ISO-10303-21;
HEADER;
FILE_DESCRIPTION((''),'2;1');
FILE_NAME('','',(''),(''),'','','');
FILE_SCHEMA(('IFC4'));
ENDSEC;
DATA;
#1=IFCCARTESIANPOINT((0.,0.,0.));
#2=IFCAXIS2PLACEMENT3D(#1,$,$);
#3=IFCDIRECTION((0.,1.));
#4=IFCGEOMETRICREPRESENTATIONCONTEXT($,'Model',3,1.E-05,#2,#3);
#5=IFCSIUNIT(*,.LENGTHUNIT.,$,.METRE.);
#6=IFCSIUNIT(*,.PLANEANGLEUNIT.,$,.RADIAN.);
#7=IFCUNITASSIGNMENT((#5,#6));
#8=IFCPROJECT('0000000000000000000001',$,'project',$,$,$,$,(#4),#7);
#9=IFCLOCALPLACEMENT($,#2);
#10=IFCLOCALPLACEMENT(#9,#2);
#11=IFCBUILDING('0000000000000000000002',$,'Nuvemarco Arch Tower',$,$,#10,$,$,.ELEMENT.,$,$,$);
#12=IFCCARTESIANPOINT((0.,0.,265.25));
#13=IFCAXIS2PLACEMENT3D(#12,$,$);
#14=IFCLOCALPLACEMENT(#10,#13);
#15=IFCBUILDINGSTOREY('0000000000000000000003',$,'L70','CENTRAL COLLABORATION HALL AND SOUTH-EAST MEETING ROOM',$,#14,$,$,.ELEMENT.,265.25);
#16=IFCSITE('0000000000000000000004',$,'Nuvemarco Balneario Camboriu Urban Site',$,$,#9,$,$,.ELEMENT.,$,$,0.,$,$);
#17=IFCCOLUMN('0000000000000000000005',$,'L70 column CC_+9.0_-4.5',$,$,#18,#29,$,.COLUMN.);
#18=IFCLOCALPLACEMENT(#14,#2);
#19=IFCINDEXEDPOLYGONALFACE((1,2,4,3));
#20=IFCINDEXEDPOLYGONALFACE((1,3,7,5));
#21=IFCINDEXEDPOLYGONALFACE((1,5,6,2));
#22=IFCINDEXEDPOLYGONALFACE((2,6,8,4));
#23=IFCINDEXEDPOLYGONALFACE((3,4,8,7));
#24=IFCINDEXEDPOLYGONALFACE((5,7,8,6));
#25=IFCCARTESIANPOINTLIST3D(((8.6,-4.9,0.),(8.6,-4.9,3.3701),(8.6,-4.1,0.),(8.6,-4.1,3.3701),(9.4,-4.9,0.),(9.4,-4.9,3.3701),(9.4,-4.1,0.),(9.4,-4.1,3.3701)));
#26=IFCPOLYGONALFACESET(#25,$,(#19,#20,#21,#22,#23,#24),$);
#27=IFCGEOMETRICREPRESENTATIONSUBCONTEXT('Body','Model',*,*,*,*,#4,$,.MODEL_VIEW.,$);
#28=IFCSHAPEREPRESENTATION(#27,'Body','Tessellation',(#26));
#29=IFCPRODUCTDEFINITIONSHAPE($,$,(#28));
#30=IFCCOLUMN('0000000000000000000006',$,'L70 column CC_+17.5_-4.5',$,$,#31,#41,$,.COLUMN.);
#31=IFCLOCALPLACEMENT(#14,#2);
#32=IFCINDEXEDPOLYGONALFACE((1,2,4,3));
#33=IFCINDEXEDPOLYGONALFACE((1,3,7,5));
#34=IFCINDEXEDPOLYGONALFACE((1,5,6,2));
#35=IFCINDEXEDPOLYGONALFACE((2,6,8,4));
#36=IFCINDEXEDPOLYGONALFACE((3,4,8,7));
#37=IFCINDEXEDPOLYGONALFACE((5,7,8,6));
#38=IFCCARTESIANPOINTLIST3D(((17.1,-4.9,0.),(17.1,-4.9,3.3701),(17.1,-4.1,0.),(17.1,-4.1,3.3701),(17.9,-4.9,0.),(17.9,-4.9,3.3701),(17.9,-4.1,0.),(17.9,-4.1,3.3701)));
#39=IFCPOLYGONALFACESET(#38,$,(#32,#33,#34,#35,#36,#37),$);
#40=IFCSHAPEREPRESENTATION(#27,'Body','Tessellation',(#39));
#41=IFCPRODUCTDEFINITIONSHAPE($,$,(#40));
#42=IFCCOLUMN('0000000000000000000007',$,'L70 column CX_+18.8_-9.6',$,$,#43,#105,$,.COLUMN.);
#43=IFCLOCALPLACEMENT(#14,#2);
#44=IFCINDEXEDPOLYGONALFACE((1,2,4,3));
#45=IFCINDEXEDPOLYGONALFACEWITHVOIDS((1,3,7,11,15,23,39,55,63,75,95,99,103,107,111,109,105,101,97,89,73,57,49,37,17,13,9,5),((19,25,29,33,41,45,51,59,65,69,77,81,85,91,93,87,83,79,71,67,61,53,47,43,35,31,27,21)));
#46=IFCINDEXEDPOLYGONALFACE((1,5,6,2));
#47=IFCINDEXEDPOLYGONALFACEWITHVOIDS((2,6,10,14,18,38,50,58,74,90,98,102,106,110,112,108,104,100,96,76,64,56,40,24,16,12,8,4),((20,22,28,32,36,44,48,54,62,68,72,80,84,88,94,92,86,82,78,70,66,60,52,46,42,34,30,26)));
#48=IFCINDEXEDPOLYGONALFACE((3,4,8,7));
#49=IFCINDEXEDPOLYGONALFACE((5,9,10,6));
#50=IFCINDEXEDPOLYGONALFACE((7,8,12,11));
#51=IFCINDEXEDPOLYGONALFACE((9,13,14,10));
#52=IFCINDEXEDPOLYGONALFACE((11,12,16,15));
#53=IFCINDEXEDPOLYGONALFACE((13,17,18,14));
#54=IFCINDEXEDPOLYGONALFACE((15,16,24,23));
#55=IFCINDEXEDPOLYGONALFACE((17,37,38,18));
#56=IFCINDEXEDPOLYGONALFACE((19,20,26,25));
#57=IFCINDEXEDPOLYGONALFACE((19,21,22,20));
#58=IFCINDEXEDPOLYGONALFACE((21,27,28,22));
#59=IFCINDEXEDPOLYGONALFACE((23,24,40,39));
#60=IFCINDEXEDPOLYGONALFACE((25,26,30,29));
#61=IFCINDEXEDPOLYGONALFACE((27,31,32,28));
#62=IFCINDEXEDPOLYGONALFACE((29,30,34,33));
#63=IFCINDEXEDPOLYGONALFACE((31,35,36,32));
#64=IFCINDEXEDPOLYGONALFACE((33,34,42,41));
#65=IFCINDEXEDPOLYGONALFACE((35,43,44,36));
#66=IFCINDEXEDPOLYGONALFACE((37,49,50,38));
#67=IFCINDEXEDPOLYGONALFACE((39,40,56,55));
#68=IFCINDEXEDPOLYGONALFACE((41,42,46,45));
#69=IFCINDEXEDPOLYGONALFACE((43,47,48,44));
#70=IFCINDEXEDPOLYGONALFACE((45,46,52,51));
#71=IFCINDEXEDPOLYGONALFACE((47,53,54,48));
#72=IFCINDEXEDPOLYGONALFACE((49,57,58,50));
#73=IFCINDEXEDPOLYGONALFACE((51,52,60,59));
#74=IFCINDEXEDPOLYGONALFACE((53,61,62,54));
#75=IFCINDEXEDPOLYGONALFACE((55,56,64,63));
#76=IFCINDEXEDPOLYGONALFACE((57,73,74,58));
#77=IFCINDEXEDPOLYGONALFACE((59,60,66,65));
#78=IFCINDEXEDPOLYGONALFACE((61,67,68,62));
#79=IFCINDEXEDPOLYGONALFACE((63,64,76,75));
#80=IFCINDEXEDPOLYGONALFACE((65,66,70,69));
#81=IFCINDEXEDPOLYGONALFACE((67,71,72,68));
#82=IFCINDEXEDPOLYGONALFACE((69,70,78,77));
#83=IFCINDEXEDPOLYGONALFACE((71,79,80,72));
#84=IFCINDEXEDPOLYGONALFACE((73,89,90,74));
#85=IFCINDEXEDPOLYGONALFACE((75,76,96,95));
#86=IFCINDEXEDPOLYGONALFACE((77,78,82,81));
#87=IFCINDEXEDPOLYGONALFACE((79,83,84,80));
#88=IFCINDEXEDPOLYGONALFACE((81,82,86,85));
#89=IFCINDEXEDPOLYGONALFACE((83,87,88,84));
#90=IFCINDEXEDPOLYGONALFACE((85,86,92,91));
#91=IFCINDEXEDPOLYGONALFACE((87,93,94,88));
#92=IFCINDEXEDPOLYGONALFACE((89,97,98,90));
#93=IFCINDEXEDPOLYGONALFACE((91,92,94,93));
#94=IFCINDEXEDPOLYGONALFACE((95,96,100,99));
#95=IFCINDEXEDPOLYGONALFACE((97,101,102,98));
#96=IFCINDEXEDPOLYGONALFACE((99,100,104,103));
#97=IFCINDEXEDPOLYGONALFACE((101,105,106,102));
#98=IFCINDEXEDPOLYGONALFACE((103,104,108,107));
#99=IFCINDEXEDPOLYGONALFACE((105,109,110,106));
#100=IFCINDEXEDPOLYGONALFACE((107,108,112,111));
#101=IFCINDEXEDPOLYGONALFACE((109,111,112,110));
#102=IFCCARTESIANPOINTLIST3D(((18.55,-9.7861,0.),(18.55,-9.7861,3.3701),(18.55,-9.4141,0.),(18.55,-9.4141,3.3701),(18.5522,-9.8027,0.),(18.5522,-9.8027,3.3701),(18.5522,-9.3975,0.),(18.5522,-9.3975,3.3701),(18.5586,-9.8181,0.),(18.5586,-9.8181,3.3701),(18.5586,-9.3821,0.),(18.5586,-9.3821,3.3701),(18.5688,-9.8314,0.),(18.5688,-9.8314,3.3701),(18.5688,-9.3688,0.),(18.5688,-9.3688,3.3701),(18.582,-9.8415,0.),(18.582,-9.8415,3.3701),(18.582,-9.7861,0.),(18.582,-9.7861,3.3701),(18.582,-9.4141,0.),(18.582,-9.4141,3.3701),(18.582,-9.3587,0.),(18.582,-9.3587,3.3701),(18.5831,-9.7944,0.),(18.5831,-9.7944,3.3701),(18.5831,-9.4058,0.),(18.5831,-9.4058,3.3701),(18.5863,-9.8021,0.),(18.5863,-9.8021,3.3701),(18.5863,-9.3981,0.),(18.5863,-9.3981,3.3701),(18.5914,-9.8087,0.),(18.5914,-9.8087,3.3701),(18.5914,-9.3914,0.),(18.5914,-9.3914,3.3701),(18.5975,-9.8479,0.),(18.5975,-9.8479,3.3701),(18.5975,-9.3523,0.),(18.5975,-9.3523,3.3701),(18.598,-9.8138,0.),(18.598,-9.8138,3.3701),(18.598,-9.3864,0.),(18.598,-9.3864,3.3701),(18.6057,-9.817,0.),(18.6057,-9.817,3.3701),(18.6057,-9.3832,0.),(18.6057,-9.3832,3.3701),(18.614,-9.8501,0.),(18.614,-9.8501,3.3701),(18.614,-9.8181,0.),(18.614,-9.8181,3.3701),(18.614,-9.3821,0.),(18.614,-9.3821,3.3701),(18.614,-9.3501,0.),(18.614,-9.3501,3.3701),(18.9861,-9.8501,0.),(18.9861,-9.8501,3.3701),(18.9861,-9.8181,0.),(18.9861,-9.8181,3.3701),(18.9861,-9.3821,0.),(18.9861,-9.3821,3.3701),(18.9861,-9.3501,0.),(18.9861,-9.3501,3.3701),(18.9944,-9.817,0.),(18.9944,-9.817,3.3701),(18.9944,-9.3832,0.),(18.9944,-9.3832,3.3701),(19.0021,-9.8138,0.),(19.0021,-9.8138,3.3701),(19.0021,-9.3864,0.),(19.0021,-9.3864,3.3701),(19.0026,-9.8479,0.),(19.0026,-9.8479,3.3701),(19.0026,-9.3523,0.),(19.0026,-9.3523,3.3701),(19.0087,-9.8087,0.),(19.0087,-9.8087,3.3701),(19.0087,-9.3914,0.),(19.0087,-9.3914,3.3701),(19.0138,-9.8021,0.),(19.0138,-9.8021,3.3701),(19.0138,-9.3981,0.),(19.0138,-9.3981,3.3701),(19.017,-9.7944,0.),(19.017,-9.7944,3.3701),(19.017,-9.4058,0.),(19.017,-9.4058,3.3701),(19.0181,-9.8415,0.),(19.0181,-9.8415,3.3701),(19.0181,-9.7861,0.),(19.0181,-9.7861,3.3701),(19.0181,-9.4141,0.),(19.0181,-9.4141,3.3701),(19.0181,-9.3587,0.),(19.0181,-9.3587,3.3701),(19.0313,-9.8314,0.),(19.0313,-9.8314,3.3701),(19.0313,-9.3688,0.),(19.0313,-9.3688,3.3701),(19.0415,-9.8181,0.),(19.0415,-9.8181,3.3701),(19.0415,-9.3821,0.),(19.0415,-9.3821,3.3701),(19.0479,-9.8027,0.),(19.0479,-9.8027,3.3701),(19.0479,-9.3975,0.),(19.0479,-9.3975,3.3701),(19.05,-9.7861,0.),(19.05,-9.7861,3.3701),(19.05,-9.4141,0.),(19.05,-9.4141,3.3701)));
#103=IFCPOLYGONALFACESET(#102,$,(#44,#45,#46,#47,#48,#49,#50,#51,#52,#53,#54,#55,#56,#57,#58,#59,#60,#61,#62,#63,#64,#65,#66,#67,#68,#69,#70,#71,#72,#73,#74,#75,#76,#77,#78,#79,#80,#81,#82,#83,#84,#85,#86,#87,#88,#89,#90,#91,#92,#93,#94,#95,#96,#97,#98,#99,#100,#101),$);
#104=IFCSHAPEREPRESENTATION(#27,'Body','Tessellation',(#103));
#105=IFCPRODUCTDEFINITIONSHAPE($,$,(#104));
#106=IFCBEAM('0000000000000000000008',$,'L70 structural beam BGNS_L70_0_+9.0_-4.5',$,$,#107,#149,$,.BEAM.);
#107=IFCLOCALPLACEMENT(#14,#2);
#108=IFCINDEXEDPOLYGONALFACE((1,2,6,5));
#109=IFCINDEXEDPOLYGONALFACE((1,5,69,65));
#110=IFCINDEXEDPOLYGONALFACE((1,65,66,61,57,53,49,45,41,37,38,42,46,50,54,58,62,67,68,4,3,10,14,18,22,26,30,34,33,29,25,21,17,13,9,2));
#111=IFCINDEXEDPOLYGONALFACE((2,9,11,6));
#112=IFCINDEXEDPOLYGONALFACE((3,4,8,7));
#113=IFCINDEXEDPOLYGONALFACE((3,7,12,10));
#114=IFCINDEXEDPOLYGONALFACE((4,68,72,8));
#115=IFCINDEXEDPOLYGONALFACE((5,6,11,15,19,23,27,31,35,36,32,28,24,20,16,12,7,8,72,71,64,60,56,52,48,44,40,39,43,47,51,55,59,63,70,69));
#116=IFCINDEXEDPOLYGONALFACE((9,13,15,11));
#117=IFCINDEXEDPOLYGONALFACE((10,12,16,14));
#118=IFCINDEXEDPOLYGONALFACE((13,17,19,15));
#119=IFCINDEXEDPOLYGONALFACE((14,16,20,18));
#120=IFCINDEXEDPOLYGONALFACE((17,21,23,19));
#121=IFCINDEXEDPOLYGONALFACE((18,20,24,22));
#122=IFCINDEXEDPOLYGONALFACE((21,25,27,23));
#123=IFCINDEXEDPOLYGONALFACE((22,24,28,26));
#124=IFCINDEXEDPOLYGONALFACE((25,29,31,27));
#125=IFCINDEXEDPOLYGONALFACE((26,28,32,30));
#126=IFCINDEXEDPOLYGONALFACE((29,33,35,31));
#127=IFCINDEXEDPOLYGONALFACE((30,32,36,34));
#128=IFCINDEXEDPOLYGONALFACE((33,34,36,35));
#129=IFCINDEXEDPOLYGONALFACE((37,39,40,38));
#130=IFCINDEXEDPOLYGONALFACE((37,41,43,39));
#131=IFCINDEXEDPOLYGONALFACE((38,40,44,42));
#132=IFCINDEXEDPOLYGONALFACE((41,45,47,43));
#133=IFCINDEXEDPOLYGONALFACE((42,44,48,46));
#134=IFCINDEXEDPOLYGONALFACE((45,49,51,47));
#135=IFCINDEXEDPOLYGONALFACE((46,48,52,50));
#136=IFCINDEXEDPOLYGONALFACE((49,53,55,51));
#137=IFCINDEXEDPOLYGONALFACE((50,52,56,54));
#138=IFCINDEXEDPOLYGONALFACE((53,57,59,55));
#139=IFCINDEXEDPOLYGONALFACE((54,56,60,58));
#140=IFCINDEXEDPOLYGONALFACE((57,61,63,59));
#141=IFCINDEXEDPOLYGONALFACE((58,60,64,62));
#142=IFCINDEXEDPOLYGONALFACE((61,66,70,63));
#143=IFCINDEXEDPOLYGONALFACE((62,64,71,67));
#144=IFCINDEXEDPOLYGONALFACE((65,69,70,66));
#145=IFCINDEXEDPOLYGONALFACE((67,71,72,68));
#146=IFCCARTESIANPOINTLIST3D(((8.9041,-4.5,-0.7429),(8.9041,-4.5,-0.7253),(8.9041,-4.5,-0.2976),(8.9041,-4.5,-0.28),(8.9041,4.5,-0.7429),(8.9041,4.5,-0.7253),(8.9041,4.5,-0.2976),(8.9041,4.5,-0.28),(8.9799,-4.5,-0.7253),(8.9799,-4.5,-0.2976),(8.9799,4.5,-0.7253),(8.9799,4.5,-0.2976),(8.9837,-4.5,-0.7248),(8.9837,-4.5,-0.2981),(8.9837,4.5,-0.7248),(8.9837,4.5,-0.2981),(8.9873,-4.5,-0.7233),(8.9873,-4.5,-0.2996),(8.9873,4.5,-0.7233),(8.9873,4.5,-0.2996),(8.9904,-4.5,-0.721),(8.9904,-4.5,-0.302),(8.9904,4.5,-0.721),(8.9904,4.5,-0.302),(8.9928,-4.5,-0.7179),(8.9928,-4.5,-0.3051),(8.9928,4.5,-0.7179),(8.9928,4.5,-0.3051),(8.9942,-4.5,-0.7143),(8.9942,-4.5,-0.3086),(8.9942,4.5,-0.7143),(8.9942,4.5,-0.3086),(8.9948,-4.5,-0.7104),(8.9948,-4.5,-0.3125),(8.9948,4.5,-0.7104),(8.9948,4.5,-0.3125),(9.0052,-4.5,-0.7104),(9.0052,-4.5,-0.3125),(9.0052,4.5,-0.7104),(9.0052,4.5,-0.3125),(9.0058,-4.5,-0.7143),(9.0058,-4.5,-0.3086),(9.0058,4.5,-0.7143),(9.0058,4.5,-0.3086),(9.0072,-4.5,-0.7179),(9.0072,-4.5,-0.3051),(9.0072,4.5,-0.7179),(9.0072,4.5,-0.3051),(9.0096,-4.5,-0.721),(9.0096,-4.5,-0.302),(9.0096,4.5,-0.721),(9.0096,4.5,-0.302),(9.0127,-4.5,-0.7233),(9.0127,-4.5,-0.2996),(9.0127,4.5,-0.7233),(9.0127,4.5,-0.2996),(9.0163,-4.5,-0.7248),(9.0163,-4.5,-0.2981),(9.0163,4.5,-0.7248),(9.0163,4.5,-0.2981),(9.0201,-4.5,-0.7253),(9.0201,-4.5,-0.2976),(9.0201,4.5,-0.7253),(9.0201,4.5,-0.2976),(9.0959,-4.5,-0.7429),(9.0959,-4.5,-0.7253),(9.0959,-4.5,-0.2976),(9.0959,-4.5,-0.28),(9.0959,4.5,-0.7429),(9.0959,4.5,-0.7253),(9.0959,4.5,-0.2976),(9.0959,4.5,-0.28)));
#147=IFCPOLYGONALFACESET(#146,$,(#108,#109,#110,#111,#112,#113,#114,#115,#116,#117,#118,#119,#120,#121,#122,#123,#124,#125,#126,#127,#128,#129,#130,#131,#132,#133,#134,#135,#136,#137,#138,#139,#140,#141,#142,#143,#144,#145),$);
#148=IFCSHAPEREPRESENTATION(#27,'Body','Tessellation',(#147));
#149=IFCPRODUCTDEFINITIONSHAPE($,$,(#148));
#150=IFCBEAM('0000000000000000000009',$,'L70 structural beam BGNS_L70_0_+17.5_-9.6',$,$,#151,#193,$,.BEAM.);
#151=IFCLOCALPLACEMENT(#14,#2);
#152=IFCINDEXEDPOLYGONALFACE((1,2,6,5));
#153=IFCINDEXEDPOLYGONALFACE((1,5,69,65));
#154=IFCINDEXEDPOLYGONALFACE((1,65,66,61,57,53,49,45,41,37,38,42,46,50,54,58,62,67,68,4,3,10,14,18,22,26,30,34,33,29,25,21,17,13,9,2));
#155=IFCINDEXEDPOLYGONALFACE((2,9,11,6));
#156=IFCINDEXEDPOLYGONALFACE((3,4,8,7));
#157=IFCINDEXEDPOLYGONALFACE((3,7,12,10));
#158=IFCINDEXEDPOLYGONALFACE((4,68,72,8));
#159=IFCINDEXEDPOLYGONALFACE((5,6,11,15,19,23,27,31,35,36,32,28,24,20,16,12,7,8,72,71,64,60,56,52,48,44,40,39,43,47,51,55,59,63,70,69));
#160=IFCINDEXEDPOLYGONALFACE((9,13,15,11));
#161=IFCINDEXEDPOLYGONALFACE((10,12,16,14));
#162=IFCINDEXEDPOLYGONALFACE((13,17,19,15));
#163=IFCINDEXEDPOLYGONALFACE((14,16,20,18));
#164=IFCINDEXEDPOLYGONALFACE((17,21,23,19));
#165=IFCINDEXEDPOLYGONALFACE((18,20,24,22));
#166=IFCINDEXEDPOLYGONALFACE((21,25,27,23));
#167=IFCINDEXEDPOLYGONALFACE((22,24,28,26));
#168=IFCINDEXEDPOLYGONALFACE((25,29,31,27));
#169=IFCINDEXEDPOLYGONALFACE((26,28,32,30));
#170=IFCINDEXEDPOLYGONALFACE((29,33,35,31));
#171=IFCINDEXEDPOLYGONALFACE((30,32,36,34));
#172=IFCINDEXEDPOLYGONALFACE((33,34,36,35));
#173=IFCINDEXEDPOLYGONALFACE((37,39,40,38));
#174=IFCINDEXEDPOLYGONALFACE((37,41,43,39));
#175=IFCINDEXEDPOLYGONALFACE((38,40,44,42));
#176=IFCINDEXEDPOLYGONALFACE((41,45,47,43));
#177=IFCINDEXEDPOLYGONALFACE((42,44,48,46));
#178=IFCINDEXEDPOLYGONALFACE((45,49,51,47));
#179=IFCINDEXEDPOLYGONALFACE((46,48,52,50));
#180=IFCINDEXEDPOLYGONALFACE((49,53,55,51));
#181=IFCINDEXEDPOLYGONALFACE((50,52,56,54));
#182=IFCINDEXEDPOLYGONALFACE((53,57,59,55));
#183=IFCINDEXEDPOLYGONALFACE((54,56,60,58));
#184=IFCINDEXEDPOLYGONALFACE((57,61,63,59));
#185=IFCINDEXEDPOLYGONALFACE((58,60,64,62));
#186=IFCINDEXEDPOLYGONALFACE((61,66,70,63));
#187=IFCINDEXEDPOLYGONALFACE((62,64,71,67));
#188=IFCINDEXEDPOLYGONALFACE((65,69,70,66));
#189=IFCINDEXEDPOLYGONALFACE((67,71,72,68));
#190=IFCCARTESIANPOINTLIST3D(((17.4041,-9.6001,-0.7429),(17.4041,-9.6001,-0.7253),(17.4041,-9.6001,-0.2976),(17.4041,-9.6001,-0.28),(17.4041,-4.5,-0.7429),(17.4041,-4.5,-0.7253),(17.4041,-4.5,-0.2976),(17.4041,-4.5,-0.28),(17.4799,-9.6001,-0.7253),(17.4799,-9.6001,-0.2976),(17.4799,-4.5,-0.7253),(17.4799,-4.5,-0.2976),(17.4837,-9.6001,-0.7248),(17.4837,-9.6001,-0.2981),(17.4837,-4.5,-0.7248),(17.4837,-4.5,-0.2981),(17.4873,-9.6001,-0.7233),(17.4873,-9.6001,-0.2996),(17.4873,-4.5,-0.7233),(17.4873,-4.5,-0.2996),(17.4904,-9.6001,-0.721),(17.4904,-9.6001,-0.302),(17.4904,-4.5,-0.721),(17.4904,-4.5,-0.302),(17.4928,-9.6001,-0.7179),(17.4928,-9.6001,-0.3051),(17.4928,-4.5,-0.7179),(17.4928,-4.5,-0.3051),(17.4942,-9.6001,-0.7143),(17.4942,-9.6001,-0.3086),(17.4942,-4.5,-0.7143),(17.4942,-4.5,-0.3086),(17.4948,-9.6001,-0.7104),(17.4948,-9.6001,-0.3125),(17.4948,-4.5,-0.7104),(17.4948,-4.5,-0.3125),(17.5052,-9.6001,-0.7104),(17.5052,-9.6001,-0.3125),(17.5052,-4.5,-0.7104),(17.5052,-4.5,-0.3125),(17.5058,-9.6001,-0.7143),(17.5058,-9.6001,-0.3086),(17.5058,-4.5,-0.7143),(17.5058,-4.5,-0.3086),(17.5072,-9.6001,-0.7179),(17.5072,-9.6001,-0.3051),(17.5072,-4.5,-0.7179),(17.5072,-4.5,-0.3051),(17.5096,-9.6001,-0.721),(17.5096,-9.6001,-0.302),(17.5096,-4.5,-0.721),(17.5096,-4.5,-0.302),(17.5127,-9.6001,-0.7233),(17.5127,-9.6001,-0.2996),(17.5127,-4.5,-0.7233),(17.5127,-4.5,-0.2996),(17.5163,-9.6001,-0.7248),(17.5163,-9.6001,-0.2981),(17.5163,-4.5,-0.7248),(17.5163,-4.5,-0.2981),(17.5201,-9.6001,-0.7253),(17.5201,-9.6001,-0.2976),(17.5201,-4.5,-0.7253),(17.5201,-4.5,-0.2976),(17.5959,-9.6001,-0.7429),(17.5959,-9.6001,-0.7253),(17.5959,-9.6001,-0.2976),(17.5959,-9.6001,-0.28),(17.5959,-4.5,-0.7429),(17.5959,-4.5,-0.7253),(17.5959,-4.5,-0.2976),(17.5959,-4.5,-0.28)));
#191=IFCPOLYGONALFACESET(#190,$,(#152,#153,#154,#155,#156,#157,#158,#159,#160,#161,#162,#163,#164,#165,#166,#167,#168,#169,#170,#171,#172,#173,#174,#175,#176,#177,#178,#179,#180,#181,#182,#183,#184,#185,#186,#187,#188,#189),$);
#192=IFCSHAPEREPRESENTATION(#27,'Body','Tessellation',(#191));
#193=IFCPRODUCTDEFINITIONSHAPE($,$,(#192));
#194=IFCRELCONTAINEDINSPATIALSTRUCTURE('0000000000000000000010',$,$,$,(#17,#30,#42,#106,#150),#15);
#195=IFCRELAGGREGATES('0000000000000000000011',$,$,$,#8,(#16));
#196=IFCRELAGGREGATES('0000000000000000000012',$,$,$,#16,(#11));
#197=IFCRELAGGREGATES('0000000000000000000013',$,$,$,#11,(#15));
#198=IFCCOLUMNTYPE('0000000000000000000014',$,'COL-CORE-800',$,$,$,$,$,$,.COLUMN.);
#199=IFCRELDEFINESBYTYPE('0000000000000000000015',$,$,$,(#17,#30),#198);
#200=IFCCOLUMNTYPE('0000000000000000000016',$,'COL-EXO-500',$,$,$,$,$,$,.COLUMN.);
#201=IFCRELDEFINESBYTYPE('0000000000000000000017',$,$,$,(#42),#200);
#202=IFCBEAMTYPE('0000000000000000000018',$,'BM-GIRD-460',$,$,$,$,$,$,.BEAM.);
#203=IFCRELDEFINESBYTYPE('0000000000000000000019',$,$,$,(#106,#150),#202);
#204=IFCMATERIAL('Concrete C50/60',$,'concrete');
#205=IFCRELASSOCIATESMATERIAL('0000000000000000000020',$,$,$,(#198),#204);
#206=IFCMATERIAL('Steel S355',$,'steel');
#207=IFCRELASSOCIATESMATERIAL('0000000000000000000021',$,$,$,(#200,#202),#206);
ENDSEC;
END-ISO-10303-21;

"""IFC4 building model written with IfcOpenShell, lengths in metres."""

from ifc_helpers import new_model, si_unit, direction, frame, origin, origin_2d, place, context, subcontext, project, spatial, rectangle, hollow_rectangle, i_section, extrude, material, material_profile, profile_set, type_object, element, save


model = new_model("IFC4")

# Units and contexts
model_context = context("Model", 3, precision=1e-05, world=origin(), true_north=direction((0.0, 1.0)))
body_context = subcontext(model_context, "Body", "Model", "MODEL_VIEW")
ifc_project = project(units=[si_unit("LENGTHUNIT", "METRE"), si_unit("PLANEANGLEUNIT", "RADIAN")], contexts=[model_context])

# Site, building, storey
site_placement = place(None, origin())
site = spatial("IfcSite", under=ifc_project, at=site_placement, Name="Nuvemarco Balneario Camboriu Urban Site", CompositionType="ELEMENT", RefElevation=0.0)
building_placement = place(site_placement, origin())
building = spatial("IfcBuilding", under=site, at=building_placement, Name="Nuvemarco Arch Tower", CompositionType="ELEMENT")
storey_placement = place(building_placement, frame((0.0, 0.0, 265.25)))
storey = spatial("IfcBuildingStorey", under=building, at=storey_placement, Name="L70", Description="CENTRAL COLLABORATION HALL AND SOUTH-EAST MEETING ROOM", CompositionType="ELEMENT", Elevation=265.25)

# Columns
ifc_material_1 = material(Name="Concrete C50/60", Category="concrete")
ifc_material_profile_1 = material_profile(ifc_material_1, rectangle(XDim=0.8, YDim=0.8, at=origin_2d()), Name="RC-COL-800x800")
ifc_profile_set_1 = profile_set([ifc_material_profile_1], Name="Concrete C50/60")
column_type_1 = type_object("IfcColumnType", Name="COL-CORE-800", PredefinedType="COLUMN", material=ifc_profile_set_1)
for number, where, z_axis, x_axis, name in (
    (1, (9.0, -4.5, 0.0), (0.0, 0.0, 1.0), (1.0, 0.0, 0.0), "L70 column CC_+9.0_-4.5"),
    (2, (17.5, -4.5, 0.0), (0.0, 0.0, 1.0), (1.0, 0.0, 0.0), "L70 column CC_+17.5_-4.5"),
):
    element("IfcColumn", number, at=place(storey_placement, frame(where, z_axis=z_axis, x_axis=x_axis)), inside=storey, type_object=column_type_1, Name=name, PredefinedType="COLUMN", context=body_context, shape_type="SweptSolid", body=[
        extrude(rectangle(XDim=0.8, YDim=0.8, at=origin_2d()), origin(), (0.0, 0.0, 1.0), 3.3701),
    ])
ifc_material_2 = material(Name="Steel S355", Category="steel")
ifc_material_profile_2 = material_profile(ifc_material_2, hollow_rectangle(XDim=0.5, YDim=0.5, WallThickness=0.032, InnerFilletRadius=0.032, OuterFilletRadius=0.064, at=origin_2d()), Name="SHS500x500x32")
ifc_profile_set_2 = profile_set([ifc_material_profile_2], Name="Steel S355")
column_type_2 = type_object("IfcColumnType", Name="COL-EXO-500", PredefinedType="COLUMN", material=ifc_profile_set_2)
column_placement = place(storey_placement, frame((18.8, -9.6001, 0.0), z_axis=(0.0, 0.0, 1.0), x_axis=(1.0, 0.0, 0.0)))
element("IfcColumn", 3, at=column_placement, inside=storey, type_object=column_type_2, Name="L70 column CX_+18.8_-9.6", PredefinedType="COLUMN", context=body_context, shape_type="SweptSolid", body=[
    extrude(hollow_rectangle(XDim=0.5, YDim=0.5, WallThickness=0.032, InnerFilletRadius=0.032, OuterFilletRadius=0.064, at=origin_2d()), origin(), (0.0, 0.0, 1.0), 3.3701),
])

# Beams
ifc_material_profile_3 = material_profile(ifc_material_2, i_section(OverallWidth=0.1919, OverallDepth=0.4629, WebThickness=0.0105, FlangeThickness=0.0176, FilletRadius=0.0149, at=origin_2d()), Name="W460x89")
ifc_profile_set_3 = profile_set([ifc_material_profile_3], Name="Steel S355")
beam_type_1 = type_object("IfcBeamType", Name="BM-GIRD-460", PredefinedType="BEAM", material=ifc_profile_set_3)
beam_1_placement = place(storey_placement, frame((9.0, -4.5, -0.5115), z_axis=(0.0, 1.0, 0.0), x_axis=(-1.0, 0.0, 0.0)))
element("IfcBeam", 4, at=beam_1_placement, inside=storey, type_object=beam_type_1, Name="L70 structural beam BGNS_L70_0_+9.0_-4.5", PredefinedType="BEAM", context=body_context, shape_type="SweptSolid", body=[
    extrude(i_section(OverallWidth=0.1919, OverallDepth=0.4629, WebThickness=0.0105, FlangeThickness=0.0176, FilletRadius=0.0149, at=origin_2d()), origin(), (0.0, 0.0, 1.0), 9.0),
])
beam_2_placement = place(storey_placement, frame((17.5, -9.6001, -0.5115), z_axis=(0.0, 1.0, 0.0), x_axis=(-1.0, 0.0, 0.0)))
element("IfcBeam", 5, at=beam_2_placement, inside=storey, type_object=beam_type_1, Name="L70 structural beam BGNS_L70_0_+17.5_-9.6", PredefinedType="BEAM", context=body_context, shape_type="SweptSolid", body=[
    extrude(i_section(OverallWidth=0.1919, OverallDepth=0.4629, WebThickness=0.0105, FlangeThickness=0.0176, FilletRadius=0.0149, at=origin_2d()), origin(), (0.0, 0.0, 1.0), 5.1001),
])

save(model, "model.ifc")
